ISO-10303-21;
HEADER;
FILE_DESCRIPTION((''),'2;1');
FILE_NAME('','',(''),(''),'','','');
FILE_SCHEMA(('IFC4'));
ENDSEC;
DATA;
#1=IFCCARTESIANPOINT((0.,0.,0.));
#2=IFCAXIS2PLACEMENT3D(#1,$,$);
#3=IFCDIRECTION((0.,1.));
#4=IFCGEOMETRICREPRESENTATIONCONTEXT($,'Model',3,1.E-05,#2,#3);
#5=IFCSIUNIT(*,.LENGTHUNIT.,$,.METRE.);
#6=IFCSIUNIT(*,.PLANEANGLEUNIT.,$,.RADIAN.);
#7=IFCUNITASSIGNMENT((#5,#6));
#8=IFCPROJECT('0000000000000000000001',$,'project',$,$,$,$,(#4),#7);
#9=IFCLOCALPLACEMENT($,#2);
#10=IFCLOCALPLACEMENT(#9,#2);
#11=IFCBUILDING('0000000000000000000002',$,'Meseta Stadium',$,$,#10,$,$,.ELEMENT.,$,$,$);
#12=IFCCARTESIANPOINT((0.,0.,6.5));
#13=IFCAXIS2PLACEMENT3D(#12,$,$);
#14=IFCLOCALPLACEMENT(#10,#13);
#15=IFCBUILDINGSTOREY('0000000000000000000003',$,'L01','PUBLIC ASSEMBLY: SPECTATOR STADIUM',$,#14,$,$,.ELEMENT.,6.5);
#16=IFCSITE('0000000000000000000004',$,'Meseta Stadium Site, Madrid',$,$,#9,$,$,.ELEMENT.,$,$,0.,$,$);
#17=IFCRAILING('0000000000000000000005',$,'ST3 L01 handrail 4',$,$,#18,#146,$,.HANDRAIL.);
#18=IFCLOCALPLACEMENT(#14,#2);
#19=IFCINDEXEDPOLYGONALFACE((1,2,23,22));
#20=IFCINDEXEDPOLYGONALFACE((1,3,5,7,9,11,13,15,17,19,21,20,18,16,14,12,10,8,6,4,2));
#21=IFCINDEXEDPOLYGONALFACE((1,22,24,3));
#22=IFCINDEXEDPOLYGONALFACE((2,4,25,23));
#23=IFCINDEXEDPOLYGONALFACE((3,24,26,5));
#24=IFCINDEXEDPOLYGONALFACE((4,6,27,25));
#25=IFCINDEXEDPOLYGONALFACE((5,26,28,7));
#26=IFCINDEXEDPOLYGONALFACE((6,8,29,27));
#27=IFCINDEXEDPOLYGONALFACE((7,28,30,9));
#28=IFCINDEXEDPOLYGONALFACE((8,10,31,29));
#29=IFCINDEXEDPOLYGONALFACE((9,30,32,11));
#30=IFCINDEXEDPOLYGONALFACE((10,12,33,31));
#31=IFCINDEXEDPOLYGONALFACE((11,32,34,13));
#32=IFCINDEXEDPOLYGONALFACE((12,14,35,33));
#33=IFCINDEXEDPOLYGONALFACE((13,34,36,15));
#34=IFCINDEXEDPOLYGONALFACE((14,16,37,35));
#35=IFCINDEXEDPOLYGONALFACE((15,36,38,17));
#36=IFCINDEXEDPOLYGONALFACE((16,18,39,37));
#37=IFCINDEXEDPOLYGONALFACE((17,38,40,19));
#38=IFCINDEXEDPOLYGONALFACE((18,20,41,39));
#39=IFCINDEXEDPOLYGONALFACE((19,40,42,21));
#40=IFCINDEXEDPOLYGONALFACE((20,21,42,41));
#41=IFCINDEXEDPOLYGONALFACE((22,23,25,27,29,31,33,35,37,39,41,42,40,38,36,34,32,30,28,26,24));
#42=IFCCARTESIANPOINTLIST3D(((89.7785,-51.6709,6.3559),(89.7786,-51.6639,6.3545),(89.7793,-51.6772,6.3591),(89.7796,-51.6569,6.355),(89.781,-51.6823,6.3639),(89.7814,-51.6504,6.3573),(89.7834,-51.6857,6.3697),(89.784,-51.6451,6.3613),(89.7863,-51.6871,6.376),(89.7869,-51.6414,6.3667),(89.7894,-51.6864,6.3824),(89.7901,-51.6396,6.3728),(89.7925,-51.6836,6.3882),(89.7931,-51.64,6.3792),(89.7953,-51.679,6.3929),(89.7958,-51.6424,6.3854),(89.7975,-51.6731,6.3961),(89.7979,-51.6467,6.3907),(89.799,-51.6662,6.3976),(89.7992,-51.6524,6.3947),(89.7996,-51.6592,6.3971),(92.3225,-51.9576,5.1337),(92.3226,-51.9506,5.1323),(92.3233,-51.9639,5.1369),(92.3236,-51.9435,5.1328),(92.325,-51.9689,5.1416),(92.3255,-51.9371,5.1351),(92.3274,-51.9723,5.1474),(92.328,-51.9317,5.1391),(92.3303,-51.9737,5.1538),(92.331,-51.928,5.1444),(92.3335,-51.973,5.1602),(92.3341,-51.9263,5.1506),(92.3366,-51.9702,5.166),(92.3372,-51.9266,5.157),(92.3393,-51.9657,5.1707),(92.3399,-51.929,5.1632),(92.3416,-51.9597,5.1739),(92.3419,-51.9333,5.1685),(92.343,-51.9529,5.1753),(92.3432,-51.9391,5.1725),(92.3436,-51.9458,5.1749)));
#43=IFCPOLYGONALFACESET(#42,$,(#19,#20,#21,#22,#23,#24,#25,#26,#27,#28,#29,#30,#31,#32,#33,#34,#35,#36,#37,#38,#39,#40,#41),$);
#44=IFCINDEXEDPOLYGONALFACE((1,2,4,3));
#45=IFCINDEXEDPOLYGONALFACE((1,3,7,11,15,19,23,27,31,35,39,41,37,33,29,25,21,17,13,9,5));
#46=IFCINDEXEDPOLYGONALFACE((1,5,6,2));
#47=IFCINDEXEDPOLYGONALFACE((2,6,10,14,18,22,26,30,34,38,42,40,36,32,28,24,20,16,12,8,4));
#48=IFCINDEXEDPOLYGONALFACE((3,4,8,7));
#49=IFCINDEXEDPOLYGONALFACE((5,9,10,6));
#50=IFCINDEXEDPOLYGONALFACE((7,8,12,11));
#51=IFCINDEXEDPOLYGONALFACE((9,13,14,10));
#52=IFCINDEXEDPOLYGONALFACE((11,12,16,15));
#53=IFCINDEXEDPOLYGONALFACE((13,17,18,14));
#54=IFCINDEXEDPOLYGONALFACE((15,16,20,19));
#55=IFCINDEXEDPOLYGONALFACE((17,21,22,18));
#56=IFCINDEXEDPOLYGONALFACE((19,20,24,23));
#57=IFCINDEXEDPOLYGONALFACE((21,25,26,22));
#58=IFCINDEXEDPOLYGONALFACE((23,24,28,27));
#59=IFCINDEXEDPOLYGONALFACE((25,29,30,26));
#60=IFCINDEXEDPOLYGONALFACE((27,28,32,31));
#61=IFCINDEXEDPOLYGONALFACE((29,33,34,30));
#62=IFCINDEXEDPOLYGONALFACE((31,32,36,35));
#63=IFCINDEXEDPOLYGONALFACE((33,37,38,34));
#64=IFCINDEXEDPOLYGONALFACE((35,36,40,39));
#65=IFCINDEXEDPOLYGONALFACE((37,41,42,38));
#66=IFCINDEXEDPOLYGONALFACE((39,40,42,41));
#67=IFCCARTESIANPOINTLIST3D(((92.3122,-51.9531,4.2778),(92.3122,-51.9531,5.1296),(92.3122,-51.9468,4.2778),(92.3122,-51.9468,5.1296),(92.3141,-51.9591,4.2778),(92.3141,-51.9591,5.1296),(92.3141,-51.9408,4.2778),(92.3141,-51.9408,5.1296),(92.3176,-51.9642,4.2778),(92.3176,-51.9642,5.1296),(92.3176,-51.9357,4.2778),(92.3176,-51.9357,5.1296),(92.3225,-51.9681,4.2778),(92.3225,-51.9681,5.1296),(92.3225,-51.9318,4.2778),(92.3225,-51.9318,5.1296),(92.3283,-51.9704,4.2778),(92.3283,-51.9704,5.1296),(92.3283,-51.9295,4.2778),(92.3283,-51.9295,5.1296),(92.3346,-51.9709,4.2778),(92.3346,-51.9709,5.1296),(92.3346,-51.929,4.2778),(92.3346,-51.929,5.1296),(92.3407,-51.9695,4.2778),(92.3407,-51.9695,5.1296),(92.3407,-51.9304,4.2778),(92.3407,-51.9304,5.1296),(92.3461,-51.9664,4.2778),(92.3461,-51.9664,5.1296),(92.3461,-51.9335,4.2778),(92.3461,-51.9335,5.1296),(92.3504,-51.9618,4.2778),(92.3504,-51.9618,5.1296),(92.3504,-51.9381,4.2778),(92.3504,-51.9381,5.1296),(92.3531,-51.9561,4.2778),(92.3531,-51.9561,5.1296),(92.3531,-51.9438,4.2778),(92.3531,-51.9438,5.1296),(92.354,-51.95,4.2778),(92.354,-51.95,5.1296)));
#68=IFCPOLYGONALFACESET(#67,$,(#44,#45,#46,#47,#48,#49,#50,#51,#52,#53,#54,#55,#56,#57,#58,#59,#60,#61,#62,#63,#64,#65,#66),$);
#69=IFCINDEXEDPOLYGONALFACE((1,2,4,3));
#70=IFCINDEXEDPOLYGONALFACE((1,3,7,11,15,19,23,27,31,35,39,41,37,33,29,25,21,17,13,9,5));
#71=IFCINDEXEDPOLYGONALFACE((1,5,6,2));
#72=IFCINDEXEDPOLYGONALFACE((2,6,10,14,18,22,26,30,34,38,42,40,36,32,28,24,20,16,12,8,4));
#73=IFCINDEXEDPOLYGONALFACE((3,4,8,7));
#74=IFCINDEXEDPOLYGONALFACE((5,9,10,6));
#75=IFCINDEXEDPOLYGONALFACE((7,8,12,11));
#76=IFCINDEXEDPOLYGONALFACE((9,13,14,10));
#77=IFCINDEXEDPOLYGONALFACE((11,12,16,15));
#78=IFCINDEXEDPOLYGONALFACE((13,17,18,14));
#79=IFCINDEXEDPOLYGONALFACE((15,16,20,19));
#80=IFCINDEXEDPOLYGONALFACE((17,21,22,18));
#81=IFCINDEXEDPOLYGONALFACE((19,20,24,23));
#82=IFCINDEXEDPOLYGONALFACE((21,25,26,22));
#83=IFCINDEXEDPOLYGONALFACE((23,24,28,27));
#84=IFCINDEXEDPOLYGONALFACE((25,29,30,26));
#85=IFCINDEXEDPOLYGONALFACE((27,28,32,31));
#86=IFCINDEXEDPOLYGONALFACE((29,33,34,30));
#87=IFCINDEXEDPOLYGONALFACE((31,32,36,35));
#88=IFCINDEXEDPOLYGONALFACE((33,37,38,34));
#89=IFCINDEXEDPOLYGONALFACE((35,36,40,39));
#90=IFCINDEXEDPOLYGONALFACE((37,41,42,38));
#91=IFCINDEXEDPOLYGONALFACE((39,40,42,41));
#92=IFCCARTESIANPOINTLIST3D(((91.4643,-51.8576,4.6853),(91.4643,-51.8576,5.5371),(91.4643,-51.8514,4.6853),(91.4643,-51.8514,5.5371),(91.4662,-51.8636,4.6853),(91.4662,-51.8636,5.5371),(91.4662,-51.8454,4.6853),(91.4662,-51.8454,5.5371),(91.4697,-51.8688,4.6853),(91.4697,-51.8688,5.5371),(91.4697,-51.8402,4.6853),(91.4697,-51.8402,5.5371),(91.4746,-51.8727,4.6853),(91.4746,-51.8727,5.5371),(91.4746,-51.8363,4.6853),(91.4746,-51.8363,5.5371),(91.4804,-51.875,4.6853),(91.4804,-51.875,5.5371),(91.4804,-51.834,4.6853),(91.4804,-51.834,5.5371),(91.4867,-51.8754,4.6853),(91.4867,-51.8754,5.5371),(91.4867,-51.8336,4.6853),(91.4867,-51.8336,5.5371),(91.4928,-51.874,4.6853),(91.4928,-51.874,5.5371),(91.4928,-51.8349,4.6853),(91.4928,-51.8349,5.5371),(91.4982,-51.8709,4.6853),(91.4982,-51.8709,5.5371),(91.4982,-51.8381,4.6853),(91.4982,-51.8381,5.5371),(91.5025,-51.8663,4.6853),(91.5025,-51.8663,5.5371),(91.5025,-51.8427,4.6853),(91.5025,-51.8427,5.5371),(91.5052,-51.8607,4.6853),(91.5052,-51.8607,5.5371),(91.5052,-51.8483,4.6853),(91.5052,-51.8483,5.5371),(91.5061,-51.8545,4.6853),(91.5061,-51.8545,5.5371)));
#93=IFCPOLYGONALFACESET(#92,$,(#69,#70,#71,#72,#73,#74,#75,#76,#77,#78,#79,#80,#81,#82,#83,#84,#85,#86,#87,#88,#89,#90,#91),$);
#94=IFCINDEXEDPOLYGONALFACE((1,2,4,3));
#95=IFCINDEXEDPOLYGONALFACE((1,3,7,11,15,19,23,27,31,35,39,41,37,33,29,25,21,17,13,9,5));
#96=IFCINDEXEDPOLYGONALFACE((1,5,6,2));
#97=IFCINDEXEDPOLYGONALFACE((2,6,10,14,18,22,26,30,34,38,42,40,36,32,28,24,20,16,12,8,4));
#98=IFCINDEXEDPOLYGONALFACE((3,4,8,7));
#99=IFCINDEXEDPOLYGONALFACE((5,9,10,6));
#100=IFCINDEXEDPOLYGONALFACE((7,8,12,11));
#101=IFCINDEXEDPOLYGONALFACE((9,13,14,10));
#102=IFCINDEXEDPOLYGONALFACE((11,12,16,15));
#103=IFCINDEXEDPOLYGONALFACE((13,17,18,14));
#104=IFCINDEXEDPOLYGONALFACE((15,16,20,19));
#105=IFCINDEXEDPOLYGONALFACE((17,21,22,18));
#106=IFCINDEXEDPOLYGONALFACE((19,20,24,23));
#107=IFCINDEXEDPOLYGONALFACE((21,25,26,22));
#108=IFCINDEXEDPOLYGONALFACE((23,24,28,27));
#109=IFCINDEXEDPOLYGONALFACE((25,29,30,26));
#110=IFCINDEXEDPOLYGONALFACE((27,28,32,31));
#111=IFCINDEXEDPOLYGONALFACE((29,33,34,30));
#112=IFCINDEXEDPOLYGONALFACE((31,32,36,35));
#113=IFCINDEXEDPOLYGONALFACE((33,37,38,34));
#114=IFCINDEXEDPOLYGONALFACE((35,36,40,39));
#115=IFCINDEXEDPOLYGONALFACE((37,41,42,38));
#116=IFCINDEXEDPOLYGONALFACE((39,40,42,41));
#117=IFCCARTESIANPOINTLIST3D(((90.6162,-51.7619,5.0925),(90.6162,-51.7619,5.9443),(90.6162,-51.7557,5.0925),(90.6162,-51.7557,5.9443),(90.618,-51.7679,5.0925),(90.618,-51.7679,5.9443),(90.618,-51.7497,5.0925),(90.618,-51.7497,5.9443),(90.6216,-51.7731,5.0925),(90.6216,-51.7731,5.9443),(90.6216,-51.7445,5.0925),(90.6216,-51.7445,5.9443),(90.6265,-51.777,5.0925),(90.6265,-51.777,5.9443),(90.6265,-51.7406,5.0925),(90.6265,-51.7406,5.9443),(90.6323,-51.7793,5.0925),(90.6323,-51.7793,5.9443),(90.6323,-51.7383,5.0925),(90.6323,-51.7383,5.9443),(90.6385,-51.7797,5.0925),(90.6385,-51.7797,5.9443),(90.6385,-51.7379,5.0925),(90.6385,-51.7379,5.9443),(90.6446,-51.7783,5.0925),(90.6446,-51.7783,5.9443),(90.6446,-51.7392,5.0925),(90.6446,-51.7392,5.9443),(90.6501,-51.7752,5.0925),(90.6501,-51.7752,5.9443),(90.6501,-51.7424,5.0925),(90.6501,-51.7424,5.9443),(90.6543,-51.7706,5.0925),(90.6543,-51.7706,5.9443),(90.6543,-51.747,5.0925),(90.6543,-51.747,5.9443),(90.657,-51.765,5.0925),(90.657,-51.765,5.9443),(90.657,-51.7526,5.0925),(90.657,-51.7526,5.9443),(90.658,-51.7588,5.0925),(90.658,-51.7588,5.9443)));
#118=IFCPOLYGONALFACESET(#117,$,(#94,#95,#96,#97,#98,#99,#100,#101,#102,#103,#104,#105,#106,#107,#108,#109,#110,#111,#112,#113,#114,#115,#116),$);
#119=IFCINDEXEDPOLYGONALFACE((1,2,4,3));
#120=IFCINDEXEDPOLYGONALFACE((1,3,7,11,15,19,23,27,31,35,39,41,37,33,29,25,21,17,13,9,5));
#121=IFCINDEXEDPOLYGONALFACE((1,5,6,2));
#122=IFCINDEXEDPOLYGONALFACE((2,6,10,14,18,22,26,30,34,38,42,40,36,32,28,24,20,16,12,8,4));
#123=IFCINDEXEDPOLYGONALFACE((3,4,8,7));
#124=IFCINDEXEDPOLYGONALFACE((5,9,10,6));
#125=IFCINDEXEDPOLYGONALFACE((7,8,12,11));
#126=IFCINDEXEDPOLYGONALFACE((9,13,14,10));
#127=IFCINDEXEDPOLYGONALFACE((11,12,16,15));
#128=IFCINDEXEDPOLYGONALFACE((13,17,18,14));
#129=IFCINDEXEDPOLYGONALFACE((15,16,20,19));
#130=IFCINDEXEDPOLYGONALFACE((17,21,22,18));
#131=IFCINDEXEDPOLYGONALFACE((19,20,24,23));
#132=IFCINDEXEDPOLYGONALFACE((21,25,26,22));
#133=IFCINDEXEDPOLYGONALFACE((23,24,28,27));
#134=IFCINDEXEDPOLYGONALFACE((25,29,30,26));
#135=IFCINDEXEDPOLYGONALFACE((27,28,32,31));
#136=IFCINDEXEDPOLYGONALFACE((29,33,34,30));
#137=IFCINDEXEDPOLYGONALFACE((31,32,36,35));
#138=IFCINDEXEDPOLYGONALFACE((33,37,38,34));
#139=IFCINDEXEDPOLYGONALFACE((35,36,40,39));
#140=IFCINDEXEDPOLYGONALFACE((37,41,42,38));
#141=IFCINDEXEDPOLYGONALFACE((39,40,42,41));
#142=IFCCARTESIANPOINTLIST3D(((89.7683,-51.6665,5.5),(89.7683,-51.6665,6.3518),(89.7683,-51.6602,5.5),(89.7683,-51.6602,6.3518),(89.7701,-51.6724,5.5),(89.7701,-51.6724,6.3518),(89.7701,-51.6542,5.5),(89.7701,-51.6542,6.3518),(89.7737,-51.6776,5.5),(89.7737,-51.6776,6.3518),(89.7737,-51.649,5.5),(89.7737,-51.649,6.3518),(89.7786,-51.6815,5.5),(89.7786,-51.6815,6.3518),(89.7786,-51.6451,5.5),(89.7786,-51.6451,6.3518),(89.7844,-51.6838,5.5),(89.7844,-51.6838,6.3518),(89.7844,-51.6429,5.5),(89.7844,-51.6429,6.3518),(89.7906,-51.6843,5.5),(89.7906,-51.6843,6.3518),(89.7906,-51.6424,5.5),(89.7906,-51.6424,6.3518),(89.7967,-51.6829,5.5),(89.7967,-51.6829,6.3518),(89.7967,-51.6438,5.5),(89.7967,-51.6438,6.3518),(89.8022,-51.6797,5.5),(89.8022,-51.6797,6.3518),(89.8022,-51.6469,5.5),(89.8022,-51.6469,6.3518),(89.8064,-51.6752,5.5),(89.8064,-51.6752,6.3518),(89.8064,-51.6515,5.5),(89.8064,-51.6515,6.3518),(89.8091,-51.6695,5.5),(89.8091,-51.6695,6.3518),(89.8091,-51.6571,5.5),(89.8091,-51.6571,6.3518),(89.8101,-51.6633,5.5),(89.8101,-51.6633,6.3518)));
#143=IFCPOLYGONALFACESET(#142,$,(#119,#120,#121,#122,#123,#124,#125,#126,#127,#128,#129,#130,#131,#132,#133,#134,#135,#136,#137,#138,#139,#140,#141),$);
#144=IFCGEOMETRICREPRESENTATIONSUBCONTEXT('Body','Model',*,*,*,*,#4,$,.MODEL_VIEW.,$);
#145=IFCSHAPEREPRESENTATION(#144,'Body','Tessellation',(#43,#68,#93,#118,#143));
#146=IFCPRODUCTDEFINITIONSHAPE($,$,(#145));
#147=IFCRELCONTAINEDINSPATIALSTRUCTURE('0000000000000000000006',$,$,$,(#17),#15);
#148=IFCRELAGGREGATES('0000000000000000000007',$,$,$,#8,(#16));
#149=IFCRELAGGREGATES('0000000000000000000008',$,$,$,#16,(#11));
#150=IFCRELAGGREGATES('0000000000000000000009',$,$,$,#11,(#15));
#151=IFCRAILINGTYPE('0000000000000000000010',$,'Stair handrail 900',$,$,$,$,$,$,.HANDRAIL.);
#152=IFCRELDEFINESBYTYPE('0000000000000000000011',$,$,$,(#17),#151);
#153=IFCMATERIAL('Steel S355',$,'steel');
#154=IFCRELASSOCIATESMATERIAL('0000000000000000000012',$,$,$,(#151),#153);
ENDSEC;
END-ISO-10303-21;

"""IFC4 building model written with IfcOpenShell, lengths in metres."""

from ifc_helpers import new_model, si_unit, direction, frame, origin, origin_2d, place, context, subcontext, project, spatial, circle, extrude, material, type_object, element, save


model = new_model("IFC4")

# Units and contexts
model_context = context("Model", 3, precision=1e-05, world=origin(), true_north=direction((0.0, 1.0)))
body_context = subcontext(model_context, "Body", "Model", "MODEL_VIEW")
ifc_project = project(units=[si_unit("LENGTHUNIT", "METRE"), si_unit("PLANEANGLEUNIT", "RADIAN")], contexts=[model_context])

# Site, building, storey
site_placement = place(None, origin())
site = spatial("IfcSite", under=ifc_project, at=site_placement, Name="Meseta Stadium Site, Madrid", CompositionType="ELEMENT", RefElevation=0.0)
building_placement = place(site_placement, origin())
building = spatial("IfcBuilding", under=site, at=building_placement, Name="Meseta Stadium", CompositionType="ELEMENT")
storey_placement = place(building_placement, frame((0.0, 0.0, 6.5)))
storey = spatial("IfcBuildingStorey", under=building, at=storey_placement, Name="L01", Description="PUBLIC ASSEMBLY: SPECTATOR STADIUM", CompositionType="ELEMENT", Elevation=6.5)

# Railing
ifc_material_1 = material(Name="Steel S355", Category="steel")
railing_type_1 = type_object("IfcRailingType", Name="Stair handrail 900", PredefinedType="HANDRAIL", material=ifc_material_1)
railing_1_placement = place(storey_placement, frame((92.333, -51.95, 4.2778)))
element("IfcRailing", 1, at=railing_1_placement, inside=storey, type_object=railing_type_1, Name="ST3 L01 handrail 4", PredefinedType="HANDRAIL", context=body_context, shape_type="SweptSolid", body=[
    extrude(circle(Radius=0.0239, at=origin_2d()), frame((0.0, 0.0, 0.876), z_axis=(-0.896762, 0.101036, 0.430824), x_axis=(-0.11196, -0.993713, 0.0)), (0.0, 0.0, 1.0), 2.8369),
    extrude(circle(Radius=0.021, at=origin_2d()), origin(), (0.0, 0.0, 1.0), 0.8518),
    extrude(circle(Radius=0.021, at=origin_2d()), frame((-0.8479, 0.0955, 0.4075)), (0.0, 0.0, 1.0), 0.8518),
    extrude(circle(Radius=0.021, at=origin_2d()), frame((-1.696, 0.1912, 0.8147)), (0.0, 0.0, 1.0), 0.8518),
    extrude(circle(Radius=0.021, at=origin_2d()), frame((-2.5439, 0.2866, 1.2222)), (0.0, 0.0, 1.0), 0.8518),
])

save(model, "model.ifc")
